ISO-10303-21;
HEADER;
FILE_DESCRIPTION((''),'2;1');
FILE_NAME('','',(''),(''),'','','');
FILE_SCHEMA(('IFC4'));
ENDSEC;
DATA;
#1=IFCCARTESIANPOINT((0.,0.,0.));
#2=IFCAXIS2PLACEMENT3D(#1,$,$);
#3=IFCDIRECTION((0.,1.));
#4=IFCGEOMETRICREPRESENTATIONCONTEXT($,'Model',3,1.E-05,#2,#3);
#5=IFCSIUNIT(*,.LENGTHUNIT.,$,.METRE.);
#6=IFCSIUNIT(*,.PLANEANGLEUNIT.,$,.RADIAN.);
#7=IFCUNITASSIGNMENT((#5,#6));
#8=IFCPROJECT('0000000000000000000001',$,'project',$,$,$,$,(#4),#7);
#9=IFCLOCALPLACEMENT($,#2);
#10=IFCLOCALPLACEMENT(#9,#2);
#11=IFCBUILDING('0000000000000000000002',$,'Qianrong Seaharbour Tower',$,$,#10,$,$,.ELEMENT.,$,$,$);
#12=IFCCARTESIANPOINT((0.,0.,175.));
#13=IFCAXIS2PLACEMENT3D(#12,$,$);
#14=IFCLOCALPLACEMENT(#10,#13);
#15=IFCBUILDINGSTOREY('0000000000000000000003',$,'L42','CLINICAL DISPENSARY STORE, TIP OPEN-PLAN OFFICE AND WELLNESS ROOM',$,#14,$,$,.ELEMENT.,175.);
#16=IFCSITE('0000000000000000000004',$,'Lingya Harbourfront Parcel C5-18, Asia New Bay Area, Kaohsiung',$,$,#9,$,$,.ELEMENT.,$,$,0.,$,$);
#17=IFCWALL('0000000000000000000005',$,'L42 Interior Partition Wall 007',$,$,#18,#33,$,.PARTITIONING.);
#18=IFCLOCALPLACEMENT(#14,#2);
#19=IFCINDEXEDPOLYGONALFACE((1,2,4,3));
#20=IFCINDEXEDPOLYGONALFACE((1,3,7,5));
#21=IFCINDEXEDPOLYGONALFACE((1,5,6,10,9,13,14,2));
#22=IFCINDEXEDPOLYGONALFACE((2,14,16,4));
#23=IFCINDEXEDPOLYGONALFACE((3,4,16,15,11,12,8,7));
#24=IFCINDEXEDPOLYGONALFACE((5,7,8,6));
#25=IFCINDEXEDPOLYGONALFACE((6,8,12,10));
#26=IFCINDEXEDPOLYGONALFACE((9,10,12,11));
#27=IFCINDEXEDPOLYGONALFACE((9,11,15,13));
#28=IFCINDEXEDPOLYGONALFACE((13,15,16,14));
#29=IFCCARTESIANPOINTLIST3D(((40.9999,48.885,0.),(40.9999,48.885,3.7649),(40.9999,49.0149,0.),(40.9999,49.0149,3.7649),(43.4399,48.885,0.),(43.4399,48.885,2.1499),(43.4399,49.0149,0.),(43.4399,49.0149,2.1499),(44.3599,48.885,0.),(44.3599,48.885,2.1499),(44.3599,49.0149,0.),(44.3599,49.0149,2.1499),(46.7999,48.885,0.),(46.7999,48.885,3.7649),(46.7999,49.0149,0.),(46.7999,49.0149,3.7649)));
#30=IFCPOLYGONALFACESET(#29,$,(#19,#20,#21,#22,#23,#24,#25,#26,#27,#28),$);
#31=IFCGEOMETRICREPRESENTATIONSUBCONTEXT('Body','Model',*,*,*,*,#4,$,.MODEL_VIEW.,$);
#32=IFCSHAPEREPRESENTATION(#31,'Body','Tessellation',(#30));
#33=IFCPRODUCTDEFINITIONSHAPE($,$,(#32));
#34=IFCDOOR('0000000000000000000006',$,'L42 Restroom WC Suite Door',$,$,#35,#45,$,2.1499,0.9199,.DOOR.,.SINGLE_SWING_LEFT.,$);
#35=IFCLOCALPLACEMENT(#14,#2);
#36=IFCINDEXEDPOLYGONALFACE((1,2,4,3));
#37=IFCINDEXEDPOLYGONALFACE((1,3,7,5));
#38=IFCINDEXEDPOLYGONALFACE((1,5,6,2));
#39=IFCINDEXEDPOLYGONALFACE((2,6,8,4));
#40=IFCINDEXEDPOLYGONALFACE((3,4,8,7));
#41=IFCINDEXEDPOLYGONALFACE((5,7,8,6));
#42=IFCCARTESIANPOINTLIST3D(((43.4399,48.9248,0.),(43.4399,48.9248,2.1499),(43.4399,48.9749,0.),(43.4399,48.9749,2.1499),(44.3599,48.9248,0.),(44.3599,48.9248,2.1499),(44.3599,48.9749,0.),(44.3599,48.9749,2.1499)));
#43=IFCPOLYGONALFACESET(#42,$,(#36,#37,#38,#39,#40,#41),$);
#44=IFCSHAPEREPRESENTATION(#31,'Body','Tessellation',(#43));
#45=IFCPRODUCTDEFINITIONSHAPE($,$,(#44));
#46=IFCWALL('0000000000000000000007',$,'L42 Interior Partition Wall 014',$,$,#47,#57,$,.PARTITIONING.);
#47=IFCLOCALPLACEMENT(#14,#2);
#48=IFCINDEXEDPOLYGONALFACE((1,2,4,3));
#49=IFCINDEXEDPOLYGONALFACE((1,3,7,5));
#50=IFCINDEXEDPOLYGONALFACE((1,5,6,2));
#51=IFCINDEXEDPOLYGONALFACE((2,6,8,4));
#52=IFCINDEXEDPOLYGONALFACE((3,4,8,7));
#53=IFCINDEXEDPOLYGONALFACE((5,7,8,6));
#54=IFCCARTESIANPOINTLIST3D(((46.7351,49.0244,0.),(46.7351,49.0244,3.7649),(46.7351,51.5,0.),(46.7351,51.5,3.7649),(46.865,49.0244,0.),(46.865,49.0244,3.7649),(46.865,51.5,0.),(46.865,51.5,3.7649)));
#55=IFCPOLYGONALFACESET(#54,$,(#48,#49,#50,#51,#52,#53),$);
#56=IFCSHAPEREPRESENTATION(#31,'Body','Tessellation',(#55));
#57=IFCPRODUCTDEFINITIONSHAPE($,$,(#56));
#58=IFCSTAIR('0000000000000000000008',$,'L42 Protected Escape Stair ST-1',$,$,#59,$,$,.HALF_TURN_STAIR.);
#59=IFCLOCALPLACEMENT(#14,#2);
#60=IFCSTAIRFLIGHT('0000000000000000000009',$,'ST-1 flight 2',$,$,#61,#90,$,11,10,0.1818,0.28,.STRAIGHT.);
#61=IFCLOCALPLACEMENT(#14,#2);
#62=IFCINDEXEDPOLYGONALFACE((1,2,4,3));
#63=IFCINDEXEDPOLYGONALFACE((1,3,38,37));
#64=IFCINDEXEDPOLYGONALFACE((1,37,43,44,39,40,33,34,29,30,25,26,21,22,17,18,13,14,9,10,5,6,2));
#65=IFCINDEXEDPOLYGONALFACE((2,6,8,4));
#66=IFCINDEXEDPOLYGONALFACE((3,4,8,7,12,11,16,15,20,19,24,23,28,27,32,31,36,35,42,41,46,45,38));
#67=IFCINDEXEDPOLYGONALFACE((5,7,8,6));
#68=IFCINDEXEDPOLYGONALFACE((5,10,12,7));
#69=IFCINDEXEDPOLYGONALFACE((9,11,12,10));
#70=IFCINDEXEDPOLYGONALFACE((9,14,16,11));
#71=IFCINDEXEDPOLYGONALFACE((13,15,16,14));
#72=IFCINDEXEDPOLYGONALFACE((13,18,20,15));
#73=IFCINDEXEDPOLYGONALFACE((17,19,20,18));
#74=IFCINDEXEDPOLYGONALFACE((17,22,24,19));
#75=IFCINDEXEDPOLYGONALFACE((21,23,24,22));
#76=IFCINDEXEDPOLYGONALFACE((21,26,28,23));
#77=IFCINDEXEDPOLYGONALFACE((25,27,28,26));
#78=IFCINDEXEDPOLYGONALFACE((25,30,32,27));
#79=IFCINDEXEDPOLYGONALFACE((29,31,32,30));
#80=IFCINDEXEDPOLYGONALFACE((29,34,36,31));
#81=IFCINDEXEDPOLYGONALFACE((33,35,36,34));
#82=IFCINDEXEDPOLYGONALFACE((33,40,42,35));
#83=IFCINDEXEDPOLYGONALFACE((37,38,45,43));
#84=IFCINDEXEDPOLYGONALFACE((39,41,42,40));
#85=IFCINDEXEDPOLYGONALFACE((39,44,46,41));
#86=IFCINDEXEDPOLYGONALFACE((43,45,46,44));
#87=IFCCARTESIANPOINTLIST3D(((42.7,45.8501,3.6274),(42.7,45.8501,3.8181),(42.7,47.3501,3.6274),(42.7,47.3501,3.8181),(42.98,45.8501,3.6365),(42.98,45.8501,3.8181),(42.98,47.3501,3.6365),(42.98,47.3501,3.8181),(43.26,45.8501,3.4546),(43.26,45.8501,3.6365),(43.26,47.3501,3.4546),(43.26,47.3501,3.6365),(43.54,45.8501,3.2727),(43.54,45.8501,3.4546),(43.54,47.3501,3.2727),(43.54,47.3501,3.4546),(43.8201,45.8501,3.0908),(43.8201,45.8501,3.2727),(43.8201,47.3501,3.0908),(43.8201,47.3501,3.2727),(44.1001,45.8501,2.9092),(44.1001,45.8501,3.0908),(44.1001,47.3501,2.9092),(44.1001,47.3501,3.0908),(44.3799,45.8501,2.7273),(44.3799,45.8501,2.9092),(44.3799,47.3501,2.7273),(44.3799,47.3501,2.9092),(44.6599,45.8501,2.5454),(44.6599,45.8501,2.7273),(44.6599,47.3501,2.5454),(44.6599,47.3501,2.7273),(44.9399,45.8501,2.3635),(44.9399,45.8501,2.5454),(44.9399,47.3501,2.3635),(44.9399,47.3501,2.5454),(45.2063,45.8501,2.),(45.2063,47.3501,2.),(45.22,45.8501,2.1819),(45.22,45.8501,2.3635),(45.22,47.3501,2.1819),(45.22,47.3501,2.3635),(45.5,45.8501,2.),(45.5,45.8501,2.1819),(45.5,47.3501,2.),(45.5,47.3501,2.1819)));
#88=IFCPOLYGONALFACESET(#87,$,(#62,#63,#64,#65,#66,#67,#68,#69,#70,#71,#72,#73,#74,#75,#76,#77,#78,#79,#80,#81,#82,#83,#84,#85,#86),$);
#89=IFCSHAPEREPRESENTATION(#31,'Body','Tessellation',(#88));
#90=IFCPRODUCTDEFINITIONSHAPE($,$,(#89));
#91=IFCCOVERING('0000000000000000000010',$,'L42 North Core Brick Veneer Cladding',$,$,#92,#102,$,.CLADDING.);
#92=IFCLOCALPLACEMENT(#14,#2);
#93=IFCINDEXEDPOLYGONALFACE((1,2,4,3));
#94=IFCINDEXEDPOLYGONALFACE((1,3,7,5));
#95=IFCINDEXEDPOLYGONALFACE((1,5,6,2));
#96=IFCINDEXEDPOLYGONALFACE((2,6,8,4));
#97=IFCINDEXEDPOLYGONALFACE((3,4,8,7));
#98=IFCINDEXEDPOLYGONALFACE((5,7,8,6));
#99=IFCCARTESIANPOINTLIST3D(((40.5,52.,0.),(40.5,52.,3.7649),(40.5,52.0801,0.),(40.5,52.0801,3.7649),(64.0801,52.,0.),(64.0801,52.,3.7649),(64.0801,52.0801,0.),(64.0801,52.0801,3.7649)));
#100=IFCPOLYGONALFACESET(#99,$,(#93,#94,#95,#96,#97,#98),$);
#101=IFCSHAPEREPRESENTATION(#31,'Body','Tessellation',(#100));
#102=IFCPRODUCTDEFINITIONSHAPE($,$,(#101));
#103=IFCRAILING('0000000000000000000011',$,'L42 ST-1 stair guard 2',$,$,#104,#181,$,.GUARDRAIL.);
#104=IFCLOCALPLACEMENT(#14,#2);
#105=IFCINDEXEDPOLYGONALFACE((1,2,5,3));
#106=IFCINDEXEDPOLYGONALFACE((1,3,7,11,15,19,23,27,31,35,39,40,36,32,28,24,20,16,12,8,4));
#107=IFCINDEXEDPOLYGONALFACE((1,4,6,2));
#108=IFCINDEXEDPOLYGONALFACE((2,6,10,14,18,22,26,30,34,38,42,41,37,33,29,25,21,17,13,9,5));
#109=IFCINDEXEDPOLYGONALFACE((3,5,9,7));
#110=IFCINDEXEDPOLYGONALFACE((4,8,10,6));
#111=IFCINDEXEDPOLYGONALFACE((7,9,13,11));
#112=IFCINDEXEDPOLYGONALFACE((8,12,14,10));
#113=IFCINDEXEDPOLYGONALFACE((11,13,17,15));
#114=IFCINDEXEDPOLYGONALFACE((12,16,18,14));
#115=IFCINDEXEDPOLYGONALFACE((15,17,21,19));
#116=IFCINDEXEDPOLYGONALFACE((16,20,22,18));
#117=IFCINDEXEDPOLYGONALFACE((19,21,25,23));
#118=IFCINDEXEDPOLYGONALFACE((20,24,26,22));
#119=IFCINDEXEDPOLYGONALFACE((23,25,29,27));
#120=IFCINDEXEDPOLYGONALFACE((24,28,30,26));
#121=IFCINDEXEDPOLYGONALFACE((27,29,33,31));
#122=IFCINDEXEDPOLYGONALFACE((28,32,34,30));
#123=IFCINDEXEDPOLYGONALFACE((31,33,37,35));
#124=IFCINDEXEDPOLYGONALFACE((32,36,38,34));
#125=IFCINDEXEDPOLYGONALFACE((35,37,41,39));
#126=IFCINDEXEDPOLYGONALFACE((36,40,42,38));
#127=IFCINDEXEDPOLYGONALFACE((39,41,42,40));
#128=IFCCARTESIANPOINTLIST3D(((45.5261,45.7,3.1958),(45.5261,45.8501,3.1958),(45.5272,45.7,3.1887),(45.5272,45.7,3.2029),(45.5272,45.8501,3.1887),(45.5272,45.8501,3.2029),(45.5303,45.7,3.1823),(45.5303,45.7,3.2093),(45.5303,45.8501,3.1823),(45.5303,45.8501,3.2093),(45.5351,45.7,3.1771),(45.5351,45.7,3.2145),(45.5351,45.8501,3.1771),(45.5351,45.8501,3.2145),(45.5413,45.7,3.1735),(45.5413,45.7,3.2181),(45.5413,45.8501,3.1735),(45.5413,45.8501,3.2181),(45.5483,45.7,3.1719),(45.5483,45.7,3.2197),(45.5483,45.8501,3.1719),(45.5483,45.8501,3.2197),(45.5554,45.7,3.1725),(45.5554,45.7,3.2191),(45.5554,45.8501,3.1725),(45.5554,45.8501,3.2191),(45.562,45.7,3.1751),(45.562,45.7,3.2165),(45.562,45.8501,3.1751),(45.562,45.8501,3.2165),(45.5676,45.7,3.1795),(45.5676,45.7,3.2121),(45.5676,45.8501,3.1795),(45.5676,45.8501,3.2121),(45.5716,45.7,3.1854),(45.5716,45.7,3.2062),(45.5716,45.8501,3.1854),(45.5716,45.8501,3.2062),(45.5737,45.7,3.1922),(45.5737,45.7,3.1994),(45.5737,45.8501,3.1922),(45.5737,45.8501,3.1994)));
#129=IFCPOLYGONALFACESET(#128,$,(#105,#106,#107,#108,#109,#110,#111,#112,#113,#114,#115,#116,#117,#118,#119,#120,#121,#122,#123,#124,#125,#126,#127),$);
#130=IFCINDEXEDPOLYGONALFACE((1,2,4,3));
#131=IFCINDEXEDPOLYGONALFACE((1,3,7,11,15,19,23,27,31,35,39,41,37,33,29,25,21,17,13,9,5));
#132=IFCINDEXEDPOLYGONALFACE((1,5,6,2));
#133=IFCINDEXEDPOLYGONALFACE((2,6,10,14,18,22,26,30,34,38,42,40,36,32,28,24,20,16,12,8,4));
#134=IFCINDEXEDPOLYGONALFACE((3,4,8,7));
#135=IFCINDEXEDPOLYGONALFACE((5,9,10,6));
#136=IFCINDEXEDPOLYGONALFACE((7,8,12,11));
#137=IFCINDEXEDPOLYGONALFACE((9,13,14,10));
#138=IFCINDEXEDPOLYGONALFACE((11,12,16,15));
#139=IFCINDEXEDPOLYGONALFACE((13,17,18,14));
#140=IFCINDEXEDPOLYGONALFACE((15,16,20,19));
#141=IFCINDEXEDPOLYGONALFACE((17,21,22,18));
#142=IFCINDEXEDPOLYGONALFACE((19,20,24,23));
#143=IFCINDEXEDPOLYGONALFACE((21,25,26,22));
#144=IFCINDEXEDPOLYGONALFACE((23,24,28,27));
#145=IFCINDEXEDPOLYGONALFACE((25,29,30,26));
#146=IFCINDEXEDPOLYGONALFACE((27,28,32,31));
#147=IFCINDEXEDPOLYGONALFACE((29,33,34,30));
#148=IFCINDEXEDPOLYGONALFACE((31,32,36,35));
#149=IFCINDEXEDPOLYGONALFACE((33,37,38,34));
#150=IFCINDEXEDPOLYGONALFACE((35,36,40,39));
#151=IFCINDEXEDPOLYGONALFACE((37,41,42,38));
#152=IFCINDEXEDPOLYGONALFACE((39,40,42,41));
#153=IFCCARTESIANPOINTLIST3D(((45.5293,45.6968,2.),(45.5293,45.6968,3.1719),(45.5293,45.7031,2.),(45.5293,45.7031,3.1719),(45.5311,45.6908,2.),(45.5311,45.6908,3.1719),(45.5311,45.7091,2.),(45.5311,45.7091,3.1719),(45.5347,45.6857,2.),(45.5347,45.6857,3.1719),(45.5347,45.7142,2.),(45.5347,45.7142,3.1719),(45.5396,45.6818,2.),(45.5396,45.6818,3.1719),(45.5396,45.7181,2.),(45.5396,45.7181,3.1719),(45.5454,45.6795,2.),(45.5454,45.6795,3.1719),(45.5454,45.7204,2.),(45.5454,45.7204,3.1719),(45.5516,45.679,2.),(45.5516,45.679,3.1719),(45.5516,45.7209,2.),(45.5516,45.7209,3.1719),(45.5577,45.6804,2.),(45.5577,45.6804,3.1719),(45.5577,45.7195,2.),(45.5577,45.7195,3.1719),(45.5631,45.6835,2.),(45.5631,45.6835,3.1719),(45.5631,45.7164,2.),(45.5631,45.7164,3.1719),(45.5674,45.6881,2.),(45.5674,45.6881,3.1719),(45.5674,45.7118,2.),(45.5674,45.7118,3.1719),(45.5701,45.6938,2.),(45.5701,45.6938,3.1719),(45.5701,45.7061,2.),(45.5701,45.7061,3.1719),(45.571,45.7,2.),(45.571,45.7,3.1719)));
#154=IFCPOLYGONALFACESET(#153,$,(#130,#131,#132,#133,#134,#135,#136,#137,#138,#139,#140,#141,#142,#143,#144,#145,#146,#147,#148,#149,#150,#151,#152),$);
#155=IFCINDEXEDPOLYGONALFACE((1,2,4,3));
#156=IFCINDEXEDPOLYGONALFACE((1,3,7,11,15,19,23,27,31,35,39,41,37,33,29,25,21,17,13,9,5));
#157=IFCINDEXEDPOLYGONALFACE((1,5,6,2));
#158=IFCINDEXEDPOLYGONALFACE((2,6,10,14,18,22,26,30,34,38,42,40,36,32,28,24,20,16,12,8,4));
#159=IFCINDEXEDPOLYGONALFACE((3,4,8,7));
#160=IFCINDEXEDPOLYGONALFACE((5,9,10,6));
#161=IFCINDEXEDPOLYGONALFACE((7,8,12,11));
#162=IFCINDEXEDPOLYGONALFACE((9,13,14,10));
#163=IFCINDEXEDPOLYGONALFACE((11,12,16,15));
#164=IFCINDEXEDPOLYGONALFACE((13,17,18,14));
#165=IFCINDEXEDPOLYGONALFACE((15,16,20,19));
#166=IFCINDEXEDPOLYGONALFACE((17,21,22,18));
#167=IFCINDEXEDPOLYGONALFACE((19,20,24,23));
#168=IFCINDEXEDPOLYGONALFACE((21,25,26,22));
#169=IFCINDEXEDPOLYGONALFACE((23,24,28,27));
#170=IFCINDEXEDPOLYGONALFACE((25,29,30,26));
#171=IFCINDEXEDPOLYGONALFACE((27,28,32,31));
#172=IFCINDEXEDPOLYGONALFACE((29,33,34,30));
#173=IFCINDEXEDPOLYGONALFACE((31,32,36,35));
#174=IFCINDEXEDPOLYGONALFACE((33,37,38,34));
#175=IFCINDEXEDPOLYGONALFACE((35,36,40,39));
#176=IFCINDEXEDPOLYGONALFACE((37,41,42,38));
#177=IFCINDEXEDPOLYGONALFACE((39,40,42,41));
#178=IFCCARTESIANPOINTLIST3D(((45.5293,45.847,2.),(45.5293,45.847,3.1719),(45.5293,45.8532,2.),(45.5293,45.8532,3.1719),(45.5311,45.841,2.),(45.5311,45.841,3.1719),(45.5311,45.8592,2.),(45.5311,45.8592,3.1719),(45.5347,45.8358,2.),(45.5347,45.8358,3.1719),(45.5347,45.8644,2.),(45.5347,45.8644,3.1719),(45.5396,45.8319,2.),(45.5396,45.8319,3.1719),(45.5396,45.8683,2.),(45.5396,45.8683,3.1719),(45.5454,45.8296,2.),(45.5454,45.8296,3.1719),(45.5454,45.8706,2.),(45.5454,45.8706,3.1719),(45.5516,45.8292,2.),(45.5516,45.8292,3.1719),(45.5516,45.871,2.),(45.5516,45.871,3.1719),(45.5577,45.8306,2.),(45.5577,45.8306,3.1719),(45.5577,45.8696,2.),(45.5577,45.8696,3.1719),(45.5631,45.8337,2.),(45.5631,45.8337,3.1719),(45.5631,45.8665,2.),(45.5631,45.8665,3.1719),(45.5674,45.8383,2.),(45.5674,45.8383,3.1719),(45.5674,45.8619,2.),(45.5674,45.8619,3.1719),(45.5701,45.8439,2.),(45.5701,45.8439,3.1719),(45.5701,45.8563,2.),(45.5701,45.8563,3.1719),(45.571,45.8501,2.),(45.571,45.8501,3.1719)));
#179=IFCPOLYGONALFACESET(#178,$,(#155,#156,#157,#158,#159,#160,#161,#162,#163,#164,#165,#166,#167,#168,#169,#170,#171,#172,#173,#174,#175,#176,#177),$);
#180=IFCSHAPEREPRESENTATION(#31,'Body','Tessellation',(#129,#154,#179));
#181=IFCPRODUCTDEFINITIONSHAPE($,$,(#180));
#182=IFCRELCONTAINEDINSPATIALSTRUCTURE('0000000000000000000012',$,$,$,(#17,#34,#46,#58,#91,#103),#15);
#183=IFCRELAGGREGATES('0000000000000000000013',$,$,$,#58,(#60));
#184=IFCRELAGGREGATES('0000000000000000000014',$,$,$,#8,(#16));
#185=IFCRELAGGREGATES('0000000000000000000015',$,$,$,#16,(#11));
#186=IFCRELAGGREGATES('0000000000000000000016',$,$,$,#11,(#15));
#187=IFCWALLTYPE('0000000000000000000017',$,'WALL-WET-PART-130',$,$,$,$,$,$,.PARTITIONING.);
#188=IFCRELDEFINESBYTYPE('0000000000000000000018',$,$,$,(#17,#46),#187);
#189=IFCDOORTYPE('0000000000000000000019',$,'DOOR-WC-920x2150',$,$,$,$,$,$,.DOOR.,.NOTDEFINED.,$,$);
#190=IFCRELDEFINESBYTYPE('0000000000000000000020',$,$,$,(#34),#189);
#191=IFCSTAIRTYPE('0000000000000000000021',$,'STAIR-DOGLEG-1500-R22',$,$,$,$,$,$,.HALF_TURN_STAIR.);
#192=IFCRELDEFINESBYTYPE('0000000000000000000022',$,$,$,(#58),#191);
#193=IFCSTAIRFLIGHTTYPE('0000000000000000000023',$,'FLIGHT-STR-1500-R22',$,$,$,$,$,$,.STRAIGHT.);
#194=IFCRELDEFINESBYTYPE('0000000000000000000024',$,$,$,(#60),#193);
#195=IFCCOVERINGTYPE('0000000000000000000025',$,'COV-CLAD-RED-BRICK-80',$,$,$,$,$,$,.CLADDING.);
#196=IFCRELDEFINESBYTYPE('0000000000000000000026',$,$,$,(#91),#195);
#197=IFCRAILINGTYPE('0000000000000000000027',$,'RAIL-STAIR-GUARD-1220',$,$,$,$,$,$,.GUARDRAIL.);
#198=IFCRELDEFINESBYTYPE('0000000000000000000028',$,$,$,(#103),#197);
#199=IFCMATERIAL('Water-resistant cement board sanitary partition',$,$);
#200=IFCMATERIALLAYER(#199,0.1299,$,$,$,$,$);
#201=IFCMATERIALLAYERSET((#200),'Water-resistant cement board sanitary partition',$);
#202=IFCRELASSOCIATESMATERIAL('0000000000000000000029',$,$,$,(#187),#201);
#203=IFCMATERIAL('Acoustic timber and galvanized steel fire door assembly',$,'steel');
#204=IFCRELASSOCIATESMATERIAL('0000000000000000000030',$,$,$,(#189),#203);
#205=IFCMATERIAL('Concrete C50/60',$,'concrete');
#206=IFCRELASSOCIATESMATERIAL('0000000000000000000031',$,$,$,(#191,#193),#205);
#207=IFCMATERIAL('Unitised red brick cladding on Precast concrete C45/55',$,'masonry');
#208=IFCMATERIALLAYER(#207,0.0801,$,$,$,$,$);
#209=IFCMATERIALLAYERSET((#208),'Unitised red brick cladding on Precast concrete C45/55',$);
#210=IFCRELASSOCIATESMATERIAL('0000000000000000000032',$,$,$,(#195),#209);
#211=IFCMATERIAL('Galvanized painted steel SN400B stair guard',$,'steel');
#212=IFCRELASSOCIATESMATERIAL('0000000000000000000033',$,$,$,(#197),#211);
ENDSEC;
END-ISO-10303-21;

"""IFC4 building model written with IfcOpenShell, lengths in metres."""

from ifc_helpers import new_model, si_unit, direction, frame, frame_2d, origin, origin_2d, place, context, subcontext, project, spatial, polyline, rectangle, circle, outline, extrude, material, layer, layer_set, type_object, element, fill, aggregate, save


model = new_model("IFC4")

# Units and contexts
model_context = context("Model", 3, precision=1e-05, world=origin(), true_north=direction((0.0, 1.0)))
body_context = subcontext(model_context, "Body", "Model", "MODEL_VIEW")
ifc_project = project(units=[si_unit("LENGTHUNIT", "METRE"), si_unit("PLANEANGLEUNIT", "RADIAN")], contexts=[model_context])

# Site, building, storey
site_placement = place(None, origin())
site = spatial("IfcSite", under=ifc_project, at=site_placement, Name="Lingya Harbourfront Parcel C5-18, Asia New Bay Area, Kaohsiung", CompositionType="ELEMENT", RefElevation=0.0)
building_placement = place(site_placement, origin())
building = spatial("IfcBuilding", under=site, at=building_placement, Name="Qianrong Seaharbour Tower", CompositionType="ELEMENT")
storey_placement = place(building_placement, frame((0.0, 0.0, 175.0)))
storey = spatial("IfcBuildingStorey", under=building, at=storey_placement, Name="L42", Description="CLINICAL DISPENSARY STORE, TIP OPEN-PLAN OFFICE AND WELLNESS ROOM", CompositionType="ELEMENT", Elevation=175.0)

# Shared definitions
ifc_material_1 = material(Name="Acoustic timber and galvanized steel fire door assembly", Category="steel")

# Shared definitions
ifc_material_2 = material(Name="Concrete C50/60", Category="concrete")

# Wall, opening, door
ifc_material_3 = material(Name="Water-resistant cement board sanitary partition")
ifc_layer_1 = layer(ifc_material_3, 0.1299)
ifc_layer_set_1 = layer_set([ifc_layer_1], Name="Water-resistant cement board sanitary partition")
wall_type_1 = type_object("IfcWallType", Name="WALL-WET-PART-130", PredefinedType="PARTITIONING", material=ifc_layer_set_1)
wall_1_placement = place(storey_placement, frame((41.0, 48.95, 0.0), z_axis=(0.0, 0.0, 1.0), x_axis=(1.0, 0.0, 0.0)))
wall_1 = element("IfcWall", 1, at=wall_1_placement, inside=storey, type_object=wall_type_1, Name="L42 Interior Partition Wall 007", PredefinedType="PARTITIONING", context=body_context, shape_type="SweptSolid", body=[
    extrude(rectangle(XDim=5.8, YDim=0.1299, at=frame_2d((2.8999, 0.0))), origin(), (0.0, 0.0, 1.0), 3.7649),
])
opening_1_placement = place(wall_1_placement, frame((2.4399, 0.0, 0.0)))
opening_1 = element("IfcOpeningElement", 2, at=opening_1_placement, cuts=wall_1, PredefinedType="OPENING", context=body_context, shape_type="SweptSolid", body=[
    extrude(rectangle(XDim=0.9199, YDim=2.1499, at=frame_2d((0.46, 1.075))), frame((0.0, 0.075, 0.0), z_axis=(0.0, -1.0, 0.0), x_axis=(1.0, 0.0, 0.0)), (0.0, 0.0, 1.0), 0.1499),
])
door_type_1 = type_object("IfcDoorType", Name="DOOR-WC-920x2150", OperationType="NOTDEFINED", PredefinedType="DOOR", material=ifc_material_1)
door_1_placement = place(opening_1_placement, origin())
door_1 = element("IfcDoor", 3, at=door_1_placement, inside=storey, type_object=door_type_1, Name="L42 Restroom WC Suite Door", OperationType="SINGLE_SWING_LEFT", OverallHeight=2.1499, OverallWidth=0.9199, PredefinedType="DOOR", context=body_context, shape_type="SweptSolid", body=[
    extrude(rectangle(XDim=0.9199, YDim=2.1499, at=frame_2d((0.46, 1.075))), frame((0.0, 0.0249, 0.0), z_axis=(0.0, -1.0, 0.0), x_axis=(1.0, 0.0, 0.0)), (0.0, 0.0, 1.0), 0.05),
])
fill(opening_1, door_1)

# Wall
wall_2_placement = place(storey_placement, frame((46.8, 51.5, 0.0), z_axis=(0.0, 0.0, 1.0), x_axis=(0.0, -1.0, 0.0)))
element("IfcWall", 4, at=wall_2_placement, inside=storey, type_object=wall_type_1, Name="L42 Interior Partition Wall 014", PredefinedType="PARTITIONING", context=body_context, shape_type="SweptSolid", body=[
    extrude(rectangle(XDim=2.4756, YDim=0.1299, at=frame_2d((1.2378, 0.0))), origin(), (0.0, 0.0, 1.0), 3.7649),
])

# Stair, stair flight
stair_type = type_object("IfcStairType", Name="STAIR-DOGLEG-1500-R22", PredefinedType="HALF_TURN_STAIR", material=ifc_material_2)
stair_placement = place(storey_placement, origin())
stair = element("IfcStair", 5, at=stair_placement, inside=storey, type_object=stair_type, Name="L42 Protected Escape Stair ST-1", PredefinedType="HALF_TURN_STAIR")
stair_flight_type = type_object("IfcStairFlightType", Name="FLIGHT-STR-1500-R22", PredefinedType="STRAIGHT", material=ifc_material_2)
stair_flight_placement = place(storey_placement, frame((45.5, 46.6001, 2.0), z_axis=(0.0, 0.0, 1.0), x_axis=(-1.0, 0.0, 0.0)))
stair_flight = element("IfcStairFlight", 6, at=stair_flight_placement, type_object=stair_flight_type, Name="ST-1 flight 2", NumberOfRisers=11, NumberOfTreads=10, PredefinedType="STRAIGHT", RiserHeight=0.1818, TreadLength=0.28, context=body_context, shape_type="SweptSolid", body=[
    extrude(outline(polyline([(0.0, 0.0), (0.0, 0.1819), (0.28, 0.1819), (0.28, 0.3635), (0.5601, 0.3635), (0.5601, 0.5454), (0.8401, 0.5454), (0.8401, 0.7273), (1.1201, 0.7273), (1.1201, 0.9092), (1.3999, 0.9092), (1.3999, 1.0908), (1.6799, 1.0908), (1.6799, 1.2727), (1.96, 1.2727), (1.96, 1.4546), (2.24, 1.4546), (2.24, 1.6365), (2.52, 1.6365), (2.52, 1.8181), (2.8, 1.8181), (2.8, 2.0), (2.8, 1.6274), (0.2937, 0.0), (0.0, 0.0)])), frame((0.0, 0.75, 0.0), z_axis=(0.0, -1.0, 0.0), x_axis=(1.0, 0.0, 0.0)), (0.0, 0.0, 1.0), 1.5),
])
aggregate(stair, [stair_flight])

# Covering
ifc_material_4 = material(Name="Unitised red brick cladding on Precast concrete C45/55", Category="masonry")
ifc_layer_2 = layer(ifc_material_4, 0.0801)
ifc_layer_set_2 = layer_set([ifc_layer_2], Name="Unitised red brick cladding on Precast concrete C45/55")
covering_type = type_object("IfcCoveringType", Name="COV-CLAD-RED-BRICK-80", PredefinedType="CLADDING", material=ifc_layer_set_2)
covering_placement = place(storey_placement, frame((52.29, 52.04, 0.0), z_axis=(0.0, 0.0, 1.0), x_axis=(1.0, 0.0, 0.0)))
element("IfcCovering", 7, at=covering_placement, inside=storey, type_object=covering_type, Name="L42 North Core Brick Veneer Cladding", PredefinedType="CLADDING", context=body_context, shape_type="SweptSolid", body=[
    extrude(rectangle(XDim=23.5801, YDim=0.0801, at=origin_2d()), origin(), (0.0, 0.0, 1.0), 3.7649),
])

# Railing
ifc_material_5 = material(Name="Galvanized painted steel SN400B stair guard", Category="steel")
railing_type_1 = type_object("IfcRailingType", Name="RAIL-STAIR-GUARD-1220", PredefinedType="GUARDRAIL", material=ifc_material_5)
railing_1_placement = place(storey_placement, frame((45.55, 45.7, 2.0)))
element("IfcRailing", 8, at=railing_1_placement, inside=storey, type_object=railing_type_1, Name="L42 ST-1 stair guard 2", PredefinedType="GUARDRAIL", context=body_context, shape_type="SweptSolid", body=[
    extrude(circle(Radius=0.0239, at=origin_2d()), frame((0.0, 0.0, 1.1958), z_axis=(0.0, 1.0, 0.0), x_axis=(-1.0, 0.0, 0.0)), (0.0, 0.0, 1.0), 0.1501),
    extrude(circle(Radius=0.021, at=origin_2d()), origin(), (0.0, 0.0, 1.0), 1.1719),
    extrude(circle(Radius=0.021, at=origin_2d()), frame((0.0, 0.1501, 0.0)), (0.0, 0.0, 1.0), 1.1719),
])

save(model, "model.ifc")
